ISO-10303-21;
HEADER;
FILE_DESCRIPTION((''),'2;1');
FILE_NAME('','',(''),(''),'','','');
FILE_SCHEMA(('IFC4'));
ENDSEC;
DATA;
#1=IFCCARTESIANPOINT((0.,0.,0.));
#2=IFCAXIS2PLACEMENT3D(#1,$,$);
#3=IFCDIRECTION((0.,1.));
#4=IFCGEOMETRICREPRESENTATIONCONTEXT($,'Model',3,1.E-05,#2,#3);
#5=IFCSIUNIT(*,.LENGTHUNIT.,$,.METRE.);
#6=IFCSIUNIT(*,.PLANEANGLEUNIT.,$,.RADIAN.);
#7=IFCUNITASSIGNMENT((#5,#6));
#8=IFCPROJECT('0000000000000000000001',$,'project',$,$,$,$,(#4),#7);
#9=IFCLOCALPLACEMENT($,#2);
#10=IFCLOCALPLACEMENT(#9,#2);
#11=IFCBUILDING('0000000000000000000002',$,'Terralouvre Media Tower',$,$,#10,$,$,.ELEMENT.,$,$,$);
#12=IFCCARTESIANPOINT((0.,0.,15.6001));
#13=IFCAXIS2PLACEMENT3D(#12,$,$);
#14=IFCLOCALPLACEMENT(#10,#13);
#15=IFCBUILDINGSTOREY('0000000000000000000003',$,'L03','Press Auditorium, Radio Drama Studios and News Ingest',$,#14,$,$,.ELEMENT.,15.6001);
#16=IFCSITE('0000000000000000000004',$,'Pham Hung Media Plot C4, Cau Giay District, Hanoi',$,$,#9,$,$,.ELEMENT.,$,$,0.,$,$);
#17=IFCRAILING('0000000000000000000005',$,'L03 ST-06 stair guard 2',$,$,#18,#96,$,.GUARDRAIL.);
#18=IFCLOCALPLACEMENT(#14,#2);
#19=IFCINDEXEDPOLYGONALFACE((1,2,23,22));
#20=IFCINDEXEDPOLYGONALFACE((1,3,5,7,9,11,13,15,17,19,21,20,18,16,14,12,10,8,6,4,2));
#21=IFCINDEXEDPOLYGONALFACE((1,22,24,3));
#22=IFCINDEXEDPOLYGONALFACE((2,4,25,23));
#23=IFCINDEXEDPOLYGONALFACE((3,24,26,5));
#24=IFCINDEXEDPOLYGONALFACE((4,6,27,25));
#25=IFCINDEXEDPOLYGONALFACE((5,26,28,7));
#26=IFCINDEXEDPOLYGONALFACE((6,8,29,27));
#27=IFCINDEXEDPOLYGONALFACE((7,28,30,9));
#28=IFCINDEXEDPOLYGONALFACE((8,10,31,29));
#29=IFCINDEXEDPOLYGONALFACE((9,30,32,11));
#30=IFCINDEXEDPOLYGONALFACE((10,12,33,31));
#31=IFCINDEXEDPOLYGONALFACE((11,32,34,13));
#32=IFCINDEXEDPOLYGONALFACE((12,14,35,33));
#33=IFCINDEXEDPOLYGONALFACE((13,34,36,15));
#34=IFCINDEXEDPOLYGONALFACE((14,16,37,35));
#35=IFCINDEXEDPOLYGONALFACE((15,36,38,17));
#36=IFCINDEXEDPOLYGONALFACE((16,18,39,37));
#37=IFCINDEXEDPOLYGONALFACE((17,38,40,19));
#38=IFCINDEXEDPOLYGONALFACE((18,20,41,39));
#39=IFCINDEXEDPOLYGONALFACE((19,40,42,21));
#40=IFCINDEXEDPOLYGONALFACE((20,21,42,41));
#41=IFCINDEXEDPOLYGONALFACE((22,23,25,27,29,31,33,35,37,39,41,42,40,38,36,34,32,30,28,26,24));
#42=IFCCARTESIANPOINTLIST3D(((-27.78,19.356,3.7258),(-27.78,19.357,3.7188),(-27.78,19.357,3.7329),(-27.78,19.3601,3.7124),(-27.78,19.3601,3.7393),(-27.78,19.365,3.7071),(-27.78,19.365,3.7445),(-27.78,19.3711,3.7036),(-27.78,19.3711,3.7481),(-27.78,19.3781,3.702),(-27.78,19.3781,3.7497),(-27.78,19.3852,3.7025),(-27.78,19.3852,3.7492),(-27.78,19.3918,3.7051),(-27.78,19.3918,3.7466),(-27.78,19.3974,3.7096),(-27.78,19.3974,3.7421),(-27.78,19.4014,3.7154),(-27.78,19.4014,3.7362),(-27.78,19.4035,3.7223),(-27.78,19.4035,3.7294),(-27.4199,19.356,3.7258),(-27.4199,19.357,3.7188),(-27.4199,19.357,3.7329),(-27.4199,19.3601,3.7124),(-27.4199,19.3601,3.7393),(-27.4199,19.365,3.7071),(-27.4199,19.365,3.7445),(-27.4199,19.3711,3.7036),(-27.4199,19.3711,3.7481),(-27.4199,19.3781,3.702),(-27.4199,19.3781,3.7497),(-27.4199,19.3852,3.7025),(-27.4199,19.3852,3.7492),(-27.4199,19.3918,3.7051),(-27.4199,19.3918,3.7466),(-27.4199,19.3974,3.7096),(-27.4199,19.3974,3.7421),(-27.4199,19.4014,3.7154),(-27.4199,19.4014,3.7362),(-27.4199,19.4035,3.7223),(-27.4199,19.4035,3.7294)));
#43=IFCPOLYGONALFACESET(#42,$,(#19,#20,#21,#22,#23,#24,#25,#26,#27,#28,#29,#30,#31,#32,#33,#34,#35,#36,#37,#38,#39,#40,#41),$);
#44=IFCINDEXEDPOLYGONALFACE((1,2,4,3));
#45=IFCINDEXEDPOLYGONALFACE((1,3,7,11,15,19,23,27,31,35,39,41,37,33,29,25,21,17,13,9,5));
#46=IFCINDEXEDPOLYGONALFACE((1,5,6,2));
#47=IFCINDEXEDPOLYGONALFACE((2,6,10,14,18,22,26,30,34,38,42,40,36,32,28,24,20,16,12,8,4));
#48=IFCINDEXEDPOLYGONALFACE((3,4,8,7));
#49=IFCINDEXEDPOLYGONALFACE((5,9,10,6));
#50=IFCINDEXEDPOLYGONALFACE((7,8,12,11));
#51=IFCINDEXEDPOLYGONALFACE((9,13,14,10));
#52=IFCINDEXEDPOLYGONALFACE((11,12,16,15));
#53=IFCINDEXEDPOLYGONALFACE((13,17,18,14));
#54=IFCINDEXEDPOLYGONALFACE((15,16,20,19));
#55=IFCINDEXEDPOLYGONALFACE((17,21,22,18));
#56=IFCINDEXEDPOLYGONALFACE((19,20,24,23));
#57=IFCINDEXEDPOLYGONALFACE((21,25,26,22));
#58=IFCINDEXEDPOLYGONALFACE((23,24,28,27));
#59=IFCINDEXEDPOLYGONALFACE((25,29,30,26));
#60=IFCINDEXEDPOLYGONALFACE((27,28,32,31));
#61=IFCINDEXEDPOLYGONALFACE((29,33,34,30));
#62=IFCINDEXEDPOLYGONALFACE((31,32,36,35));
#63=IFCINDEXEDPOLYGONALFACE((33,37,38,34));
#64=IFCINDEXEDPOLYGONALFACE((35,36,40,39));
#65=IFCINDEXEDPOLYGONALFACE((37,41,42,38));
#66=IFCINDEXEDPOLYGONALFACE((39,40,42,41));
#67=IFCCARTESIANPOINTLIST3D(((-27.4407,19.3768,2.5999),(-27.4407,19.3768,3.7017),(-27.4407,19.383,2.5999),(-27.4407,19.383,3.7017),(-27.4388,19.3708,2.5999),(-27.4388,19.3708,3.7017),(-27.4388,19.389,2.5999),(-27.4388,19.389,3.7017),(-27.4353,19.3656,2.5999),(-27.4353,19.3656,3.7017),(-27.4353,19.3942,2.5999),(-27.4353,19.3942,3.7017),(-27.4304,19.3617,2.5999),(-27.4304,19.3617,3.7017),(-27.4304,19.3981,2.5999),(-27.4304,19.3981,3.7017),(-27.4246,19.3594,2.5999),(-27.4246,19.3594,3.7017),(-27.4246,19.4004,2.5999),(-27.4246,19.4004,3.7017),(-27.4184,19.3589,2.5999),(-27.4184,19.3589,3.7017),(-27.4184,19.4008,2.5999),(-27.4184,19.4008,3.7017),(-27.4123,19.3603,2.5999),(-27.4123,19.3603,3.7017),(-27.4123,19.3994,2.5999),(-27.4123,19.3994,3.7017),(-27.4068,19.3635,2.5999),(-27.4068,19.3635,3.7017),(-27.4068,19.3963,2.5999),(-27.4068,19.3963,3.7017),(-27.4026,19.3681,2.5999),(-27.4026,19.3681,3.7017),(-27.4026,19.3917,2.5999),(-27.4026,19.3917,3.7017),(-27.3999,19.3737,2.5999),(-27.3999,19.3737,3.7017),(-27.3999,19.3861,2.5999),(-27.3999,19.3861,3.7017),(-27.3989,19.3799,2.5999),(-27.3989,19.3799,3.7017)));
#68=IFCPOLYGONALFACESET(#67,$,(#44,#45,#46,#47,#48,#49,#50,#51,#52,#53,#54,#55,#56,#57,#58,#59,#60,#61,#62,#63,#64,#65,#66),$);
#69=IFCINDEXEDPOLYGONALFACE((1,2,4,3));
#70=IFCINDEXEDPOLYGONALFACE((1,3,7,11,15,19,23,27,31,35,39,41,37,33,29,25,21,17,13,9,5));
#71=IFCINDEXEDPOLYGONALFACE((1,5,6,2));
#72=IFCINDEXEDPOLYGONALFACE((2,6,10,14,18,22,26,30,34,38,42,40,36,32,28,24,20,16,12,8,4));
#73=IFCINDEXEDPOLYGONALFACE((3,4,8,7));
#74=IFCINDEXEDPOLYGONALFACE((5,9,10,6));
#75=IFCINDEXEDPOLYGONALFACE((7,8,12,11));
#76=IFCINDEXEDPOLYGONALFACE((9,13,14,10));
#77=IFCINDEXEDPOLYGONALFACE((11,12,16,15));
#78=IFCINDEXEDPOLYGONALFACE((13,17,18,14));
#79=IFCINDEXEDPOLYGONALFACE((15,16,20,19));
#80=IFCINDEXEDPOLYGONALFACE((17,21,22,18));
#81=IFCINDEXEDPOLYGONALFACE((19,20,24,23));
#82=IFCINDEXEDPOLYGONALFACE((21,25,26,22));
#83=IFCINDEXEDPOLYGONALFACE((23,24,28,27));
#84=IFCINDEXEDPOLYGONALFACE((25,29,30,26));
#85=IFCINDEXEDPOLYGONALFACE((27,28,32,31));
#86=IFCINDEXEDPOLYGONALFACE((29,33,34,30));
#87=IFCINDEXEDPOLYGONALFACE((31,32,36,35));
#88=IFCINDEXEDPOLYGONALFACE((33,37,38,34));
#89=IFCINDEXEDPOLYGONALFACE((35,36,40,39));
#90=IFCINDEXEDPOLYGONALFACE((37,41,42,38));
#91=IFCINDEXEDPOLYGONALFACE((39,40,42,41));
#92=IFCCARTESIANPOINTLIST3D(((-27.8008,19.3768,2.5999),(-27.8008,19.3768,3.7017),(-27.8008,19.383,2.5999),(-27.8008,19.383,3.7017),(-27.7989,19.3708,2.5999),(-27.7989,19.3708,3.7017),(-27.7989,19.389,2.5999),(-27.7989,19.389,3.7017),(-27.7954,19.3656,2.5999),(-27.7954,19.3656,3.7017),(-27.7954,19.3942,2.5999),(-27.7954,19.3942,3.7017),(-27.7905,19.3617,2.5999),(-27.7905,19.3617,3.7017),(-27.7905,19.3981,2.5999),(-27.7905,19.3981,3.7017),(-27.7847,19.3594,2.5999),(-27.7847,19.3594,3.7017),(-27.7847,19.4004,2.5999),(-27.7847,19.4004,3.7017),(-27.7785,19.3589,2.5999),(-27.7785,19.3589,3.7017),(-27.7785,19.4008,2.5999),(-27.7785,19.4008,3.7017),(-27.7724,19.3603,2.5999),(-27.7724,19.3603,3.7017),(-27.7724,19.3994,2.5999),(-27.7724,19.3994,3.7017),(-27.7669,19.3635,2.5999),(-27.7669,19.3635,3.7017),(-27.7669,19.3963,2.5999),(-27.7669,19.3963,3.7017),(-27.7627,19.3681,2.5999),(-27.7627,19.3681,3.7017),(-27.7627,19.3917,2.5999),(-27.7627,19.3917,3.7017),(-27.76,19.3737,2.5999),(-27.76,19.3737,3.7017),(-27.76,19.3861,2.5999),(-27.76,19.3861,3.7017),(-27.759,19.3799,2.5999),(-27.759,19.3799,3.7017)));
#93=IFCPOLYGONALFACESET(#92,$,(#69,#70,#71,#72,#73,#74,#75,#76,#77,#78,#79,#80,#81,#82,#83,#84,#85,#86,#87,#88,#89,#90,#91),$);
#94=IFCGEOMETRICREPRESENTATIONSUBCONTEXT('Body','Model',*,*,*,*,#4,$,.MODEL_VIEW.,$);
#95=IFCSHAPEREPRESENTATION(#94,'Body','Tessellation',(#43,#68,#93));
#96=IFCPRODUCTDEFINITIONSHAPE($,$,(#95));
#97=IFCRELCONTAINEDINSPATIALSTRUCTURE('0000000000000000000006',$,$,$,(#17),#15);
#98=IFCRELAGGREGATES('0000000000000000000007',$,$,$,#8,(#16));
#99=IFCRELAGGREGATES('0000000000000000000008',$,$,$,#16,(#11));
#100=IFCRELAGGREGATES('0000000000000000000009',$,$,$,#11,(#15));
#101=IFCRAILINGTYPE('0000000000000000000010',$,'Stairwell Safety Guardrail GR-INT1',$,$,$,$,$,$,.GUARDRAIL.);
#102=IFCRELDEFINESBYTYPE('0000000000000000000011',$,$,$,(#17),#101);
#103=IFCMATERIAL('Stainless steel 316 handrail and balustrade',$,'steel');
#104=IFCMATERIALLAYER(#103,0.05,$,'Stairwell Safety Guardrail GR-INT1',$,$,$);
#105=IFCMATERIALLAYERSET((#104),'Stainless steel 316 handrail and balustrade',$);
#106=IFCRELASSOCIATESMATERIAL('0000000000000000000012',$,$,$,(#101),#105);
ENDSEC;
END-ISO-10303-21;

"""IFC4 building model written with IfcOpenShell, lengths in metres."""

from ifc_helpers import new_model, si_unit, direction, frame, origin, origin_2d, place, context, subcontext, project, spatial, circle, extrude, material, layer, layer_set, type_object, element, save


model = new_model("IFC4")

# Units and contexts
model_context = context("Model", 3, precision=1e-05, world=origin(), true_north=direction((0.0, 1.0)))
body_context = subcontext(model_context, "Body", "Model", "MODEL_VIEW")
ifc_project = project(units=[si_unit("LENGTHUNIT", "METRE"), si_unit("PLANEANGLEUNIT", "RADIAN")], contexts=[model_context])

# Site, building, storey
site_placement = place(None, origin())
site = spatial("IfcSite", under=ifc_project, at=site_placement, Name="Pham Hung Media Plot C4, Cau Giay District, Hanoi", CompositionType="ELEMENT", RefElevation=0.0)
building_placement = place(site_placement, origin())
building = spatial("IfcBuilding", under=site, at=building_placement, Name="Terralouvre Media Tower", CompositionType="ELEMENT")
storey_placement = place(building_placement, frame((0.0, 0.0, 15.6001)))
storey = spatial("IfcBuildingStorey", under=building, at=storey_placement, Name="L03", Description="Press Auditorium, Radio Drama Studios and News Ingest", CompositionType="ELEMENT", Elevation=15.6001)

# Railing
ifc_material_1 = material(Name="Stainless steel 316 handrail and balustrade", Category="steel")
ifc_layer_1 = layer(ifc_material_1, 0.05, Name="Stairwell Safety Guardrail GR-INT1")
ifc_layer_set_1 = layer_set([ifc_layer_1], Name="Stainless steel 316 handrail and balustrade")
railing_type_1 = type_object("IfcRailingType", Name="Stairwell Safety Guardrail GR-INT1", PredefinedType="GUARDRAIL", material=ifc_layer_set_1)
railing_1_placement = place(storey_placement, frame((-27.4199, 19.3799, 2.5999)))
element("IfcRailing", 1, at=railing_1_placement, inside=storey, type_object=railing_type_1, Name="L03 ST-06 stair guard 2", PredefinedType="GUARDRAIL", context=body_context, shape_type="SweptSolid", body=[
    extrude(circle(Radius=0.0239, at=origin_2d()), frame((0.0, 0.0, 1.126), z_axis=(-1.0, 0.0, 0.0), x_axis=(0.0, -1.0, 0.0)), (0.0, 0.0, 1.0), 0.3601),
    extrude(circle(Radius=0.021, at=origin_2d()), origin(), (0.0, 0.0, 1.0), 1.1018),
    extrude(circle(Radius=0.021, at=origin_2d()), frame((-0.3601, 0.0, 0.0)), (0.0, 0.0, 1.0), 1.1018),
])

save(model, "model.ifc")
